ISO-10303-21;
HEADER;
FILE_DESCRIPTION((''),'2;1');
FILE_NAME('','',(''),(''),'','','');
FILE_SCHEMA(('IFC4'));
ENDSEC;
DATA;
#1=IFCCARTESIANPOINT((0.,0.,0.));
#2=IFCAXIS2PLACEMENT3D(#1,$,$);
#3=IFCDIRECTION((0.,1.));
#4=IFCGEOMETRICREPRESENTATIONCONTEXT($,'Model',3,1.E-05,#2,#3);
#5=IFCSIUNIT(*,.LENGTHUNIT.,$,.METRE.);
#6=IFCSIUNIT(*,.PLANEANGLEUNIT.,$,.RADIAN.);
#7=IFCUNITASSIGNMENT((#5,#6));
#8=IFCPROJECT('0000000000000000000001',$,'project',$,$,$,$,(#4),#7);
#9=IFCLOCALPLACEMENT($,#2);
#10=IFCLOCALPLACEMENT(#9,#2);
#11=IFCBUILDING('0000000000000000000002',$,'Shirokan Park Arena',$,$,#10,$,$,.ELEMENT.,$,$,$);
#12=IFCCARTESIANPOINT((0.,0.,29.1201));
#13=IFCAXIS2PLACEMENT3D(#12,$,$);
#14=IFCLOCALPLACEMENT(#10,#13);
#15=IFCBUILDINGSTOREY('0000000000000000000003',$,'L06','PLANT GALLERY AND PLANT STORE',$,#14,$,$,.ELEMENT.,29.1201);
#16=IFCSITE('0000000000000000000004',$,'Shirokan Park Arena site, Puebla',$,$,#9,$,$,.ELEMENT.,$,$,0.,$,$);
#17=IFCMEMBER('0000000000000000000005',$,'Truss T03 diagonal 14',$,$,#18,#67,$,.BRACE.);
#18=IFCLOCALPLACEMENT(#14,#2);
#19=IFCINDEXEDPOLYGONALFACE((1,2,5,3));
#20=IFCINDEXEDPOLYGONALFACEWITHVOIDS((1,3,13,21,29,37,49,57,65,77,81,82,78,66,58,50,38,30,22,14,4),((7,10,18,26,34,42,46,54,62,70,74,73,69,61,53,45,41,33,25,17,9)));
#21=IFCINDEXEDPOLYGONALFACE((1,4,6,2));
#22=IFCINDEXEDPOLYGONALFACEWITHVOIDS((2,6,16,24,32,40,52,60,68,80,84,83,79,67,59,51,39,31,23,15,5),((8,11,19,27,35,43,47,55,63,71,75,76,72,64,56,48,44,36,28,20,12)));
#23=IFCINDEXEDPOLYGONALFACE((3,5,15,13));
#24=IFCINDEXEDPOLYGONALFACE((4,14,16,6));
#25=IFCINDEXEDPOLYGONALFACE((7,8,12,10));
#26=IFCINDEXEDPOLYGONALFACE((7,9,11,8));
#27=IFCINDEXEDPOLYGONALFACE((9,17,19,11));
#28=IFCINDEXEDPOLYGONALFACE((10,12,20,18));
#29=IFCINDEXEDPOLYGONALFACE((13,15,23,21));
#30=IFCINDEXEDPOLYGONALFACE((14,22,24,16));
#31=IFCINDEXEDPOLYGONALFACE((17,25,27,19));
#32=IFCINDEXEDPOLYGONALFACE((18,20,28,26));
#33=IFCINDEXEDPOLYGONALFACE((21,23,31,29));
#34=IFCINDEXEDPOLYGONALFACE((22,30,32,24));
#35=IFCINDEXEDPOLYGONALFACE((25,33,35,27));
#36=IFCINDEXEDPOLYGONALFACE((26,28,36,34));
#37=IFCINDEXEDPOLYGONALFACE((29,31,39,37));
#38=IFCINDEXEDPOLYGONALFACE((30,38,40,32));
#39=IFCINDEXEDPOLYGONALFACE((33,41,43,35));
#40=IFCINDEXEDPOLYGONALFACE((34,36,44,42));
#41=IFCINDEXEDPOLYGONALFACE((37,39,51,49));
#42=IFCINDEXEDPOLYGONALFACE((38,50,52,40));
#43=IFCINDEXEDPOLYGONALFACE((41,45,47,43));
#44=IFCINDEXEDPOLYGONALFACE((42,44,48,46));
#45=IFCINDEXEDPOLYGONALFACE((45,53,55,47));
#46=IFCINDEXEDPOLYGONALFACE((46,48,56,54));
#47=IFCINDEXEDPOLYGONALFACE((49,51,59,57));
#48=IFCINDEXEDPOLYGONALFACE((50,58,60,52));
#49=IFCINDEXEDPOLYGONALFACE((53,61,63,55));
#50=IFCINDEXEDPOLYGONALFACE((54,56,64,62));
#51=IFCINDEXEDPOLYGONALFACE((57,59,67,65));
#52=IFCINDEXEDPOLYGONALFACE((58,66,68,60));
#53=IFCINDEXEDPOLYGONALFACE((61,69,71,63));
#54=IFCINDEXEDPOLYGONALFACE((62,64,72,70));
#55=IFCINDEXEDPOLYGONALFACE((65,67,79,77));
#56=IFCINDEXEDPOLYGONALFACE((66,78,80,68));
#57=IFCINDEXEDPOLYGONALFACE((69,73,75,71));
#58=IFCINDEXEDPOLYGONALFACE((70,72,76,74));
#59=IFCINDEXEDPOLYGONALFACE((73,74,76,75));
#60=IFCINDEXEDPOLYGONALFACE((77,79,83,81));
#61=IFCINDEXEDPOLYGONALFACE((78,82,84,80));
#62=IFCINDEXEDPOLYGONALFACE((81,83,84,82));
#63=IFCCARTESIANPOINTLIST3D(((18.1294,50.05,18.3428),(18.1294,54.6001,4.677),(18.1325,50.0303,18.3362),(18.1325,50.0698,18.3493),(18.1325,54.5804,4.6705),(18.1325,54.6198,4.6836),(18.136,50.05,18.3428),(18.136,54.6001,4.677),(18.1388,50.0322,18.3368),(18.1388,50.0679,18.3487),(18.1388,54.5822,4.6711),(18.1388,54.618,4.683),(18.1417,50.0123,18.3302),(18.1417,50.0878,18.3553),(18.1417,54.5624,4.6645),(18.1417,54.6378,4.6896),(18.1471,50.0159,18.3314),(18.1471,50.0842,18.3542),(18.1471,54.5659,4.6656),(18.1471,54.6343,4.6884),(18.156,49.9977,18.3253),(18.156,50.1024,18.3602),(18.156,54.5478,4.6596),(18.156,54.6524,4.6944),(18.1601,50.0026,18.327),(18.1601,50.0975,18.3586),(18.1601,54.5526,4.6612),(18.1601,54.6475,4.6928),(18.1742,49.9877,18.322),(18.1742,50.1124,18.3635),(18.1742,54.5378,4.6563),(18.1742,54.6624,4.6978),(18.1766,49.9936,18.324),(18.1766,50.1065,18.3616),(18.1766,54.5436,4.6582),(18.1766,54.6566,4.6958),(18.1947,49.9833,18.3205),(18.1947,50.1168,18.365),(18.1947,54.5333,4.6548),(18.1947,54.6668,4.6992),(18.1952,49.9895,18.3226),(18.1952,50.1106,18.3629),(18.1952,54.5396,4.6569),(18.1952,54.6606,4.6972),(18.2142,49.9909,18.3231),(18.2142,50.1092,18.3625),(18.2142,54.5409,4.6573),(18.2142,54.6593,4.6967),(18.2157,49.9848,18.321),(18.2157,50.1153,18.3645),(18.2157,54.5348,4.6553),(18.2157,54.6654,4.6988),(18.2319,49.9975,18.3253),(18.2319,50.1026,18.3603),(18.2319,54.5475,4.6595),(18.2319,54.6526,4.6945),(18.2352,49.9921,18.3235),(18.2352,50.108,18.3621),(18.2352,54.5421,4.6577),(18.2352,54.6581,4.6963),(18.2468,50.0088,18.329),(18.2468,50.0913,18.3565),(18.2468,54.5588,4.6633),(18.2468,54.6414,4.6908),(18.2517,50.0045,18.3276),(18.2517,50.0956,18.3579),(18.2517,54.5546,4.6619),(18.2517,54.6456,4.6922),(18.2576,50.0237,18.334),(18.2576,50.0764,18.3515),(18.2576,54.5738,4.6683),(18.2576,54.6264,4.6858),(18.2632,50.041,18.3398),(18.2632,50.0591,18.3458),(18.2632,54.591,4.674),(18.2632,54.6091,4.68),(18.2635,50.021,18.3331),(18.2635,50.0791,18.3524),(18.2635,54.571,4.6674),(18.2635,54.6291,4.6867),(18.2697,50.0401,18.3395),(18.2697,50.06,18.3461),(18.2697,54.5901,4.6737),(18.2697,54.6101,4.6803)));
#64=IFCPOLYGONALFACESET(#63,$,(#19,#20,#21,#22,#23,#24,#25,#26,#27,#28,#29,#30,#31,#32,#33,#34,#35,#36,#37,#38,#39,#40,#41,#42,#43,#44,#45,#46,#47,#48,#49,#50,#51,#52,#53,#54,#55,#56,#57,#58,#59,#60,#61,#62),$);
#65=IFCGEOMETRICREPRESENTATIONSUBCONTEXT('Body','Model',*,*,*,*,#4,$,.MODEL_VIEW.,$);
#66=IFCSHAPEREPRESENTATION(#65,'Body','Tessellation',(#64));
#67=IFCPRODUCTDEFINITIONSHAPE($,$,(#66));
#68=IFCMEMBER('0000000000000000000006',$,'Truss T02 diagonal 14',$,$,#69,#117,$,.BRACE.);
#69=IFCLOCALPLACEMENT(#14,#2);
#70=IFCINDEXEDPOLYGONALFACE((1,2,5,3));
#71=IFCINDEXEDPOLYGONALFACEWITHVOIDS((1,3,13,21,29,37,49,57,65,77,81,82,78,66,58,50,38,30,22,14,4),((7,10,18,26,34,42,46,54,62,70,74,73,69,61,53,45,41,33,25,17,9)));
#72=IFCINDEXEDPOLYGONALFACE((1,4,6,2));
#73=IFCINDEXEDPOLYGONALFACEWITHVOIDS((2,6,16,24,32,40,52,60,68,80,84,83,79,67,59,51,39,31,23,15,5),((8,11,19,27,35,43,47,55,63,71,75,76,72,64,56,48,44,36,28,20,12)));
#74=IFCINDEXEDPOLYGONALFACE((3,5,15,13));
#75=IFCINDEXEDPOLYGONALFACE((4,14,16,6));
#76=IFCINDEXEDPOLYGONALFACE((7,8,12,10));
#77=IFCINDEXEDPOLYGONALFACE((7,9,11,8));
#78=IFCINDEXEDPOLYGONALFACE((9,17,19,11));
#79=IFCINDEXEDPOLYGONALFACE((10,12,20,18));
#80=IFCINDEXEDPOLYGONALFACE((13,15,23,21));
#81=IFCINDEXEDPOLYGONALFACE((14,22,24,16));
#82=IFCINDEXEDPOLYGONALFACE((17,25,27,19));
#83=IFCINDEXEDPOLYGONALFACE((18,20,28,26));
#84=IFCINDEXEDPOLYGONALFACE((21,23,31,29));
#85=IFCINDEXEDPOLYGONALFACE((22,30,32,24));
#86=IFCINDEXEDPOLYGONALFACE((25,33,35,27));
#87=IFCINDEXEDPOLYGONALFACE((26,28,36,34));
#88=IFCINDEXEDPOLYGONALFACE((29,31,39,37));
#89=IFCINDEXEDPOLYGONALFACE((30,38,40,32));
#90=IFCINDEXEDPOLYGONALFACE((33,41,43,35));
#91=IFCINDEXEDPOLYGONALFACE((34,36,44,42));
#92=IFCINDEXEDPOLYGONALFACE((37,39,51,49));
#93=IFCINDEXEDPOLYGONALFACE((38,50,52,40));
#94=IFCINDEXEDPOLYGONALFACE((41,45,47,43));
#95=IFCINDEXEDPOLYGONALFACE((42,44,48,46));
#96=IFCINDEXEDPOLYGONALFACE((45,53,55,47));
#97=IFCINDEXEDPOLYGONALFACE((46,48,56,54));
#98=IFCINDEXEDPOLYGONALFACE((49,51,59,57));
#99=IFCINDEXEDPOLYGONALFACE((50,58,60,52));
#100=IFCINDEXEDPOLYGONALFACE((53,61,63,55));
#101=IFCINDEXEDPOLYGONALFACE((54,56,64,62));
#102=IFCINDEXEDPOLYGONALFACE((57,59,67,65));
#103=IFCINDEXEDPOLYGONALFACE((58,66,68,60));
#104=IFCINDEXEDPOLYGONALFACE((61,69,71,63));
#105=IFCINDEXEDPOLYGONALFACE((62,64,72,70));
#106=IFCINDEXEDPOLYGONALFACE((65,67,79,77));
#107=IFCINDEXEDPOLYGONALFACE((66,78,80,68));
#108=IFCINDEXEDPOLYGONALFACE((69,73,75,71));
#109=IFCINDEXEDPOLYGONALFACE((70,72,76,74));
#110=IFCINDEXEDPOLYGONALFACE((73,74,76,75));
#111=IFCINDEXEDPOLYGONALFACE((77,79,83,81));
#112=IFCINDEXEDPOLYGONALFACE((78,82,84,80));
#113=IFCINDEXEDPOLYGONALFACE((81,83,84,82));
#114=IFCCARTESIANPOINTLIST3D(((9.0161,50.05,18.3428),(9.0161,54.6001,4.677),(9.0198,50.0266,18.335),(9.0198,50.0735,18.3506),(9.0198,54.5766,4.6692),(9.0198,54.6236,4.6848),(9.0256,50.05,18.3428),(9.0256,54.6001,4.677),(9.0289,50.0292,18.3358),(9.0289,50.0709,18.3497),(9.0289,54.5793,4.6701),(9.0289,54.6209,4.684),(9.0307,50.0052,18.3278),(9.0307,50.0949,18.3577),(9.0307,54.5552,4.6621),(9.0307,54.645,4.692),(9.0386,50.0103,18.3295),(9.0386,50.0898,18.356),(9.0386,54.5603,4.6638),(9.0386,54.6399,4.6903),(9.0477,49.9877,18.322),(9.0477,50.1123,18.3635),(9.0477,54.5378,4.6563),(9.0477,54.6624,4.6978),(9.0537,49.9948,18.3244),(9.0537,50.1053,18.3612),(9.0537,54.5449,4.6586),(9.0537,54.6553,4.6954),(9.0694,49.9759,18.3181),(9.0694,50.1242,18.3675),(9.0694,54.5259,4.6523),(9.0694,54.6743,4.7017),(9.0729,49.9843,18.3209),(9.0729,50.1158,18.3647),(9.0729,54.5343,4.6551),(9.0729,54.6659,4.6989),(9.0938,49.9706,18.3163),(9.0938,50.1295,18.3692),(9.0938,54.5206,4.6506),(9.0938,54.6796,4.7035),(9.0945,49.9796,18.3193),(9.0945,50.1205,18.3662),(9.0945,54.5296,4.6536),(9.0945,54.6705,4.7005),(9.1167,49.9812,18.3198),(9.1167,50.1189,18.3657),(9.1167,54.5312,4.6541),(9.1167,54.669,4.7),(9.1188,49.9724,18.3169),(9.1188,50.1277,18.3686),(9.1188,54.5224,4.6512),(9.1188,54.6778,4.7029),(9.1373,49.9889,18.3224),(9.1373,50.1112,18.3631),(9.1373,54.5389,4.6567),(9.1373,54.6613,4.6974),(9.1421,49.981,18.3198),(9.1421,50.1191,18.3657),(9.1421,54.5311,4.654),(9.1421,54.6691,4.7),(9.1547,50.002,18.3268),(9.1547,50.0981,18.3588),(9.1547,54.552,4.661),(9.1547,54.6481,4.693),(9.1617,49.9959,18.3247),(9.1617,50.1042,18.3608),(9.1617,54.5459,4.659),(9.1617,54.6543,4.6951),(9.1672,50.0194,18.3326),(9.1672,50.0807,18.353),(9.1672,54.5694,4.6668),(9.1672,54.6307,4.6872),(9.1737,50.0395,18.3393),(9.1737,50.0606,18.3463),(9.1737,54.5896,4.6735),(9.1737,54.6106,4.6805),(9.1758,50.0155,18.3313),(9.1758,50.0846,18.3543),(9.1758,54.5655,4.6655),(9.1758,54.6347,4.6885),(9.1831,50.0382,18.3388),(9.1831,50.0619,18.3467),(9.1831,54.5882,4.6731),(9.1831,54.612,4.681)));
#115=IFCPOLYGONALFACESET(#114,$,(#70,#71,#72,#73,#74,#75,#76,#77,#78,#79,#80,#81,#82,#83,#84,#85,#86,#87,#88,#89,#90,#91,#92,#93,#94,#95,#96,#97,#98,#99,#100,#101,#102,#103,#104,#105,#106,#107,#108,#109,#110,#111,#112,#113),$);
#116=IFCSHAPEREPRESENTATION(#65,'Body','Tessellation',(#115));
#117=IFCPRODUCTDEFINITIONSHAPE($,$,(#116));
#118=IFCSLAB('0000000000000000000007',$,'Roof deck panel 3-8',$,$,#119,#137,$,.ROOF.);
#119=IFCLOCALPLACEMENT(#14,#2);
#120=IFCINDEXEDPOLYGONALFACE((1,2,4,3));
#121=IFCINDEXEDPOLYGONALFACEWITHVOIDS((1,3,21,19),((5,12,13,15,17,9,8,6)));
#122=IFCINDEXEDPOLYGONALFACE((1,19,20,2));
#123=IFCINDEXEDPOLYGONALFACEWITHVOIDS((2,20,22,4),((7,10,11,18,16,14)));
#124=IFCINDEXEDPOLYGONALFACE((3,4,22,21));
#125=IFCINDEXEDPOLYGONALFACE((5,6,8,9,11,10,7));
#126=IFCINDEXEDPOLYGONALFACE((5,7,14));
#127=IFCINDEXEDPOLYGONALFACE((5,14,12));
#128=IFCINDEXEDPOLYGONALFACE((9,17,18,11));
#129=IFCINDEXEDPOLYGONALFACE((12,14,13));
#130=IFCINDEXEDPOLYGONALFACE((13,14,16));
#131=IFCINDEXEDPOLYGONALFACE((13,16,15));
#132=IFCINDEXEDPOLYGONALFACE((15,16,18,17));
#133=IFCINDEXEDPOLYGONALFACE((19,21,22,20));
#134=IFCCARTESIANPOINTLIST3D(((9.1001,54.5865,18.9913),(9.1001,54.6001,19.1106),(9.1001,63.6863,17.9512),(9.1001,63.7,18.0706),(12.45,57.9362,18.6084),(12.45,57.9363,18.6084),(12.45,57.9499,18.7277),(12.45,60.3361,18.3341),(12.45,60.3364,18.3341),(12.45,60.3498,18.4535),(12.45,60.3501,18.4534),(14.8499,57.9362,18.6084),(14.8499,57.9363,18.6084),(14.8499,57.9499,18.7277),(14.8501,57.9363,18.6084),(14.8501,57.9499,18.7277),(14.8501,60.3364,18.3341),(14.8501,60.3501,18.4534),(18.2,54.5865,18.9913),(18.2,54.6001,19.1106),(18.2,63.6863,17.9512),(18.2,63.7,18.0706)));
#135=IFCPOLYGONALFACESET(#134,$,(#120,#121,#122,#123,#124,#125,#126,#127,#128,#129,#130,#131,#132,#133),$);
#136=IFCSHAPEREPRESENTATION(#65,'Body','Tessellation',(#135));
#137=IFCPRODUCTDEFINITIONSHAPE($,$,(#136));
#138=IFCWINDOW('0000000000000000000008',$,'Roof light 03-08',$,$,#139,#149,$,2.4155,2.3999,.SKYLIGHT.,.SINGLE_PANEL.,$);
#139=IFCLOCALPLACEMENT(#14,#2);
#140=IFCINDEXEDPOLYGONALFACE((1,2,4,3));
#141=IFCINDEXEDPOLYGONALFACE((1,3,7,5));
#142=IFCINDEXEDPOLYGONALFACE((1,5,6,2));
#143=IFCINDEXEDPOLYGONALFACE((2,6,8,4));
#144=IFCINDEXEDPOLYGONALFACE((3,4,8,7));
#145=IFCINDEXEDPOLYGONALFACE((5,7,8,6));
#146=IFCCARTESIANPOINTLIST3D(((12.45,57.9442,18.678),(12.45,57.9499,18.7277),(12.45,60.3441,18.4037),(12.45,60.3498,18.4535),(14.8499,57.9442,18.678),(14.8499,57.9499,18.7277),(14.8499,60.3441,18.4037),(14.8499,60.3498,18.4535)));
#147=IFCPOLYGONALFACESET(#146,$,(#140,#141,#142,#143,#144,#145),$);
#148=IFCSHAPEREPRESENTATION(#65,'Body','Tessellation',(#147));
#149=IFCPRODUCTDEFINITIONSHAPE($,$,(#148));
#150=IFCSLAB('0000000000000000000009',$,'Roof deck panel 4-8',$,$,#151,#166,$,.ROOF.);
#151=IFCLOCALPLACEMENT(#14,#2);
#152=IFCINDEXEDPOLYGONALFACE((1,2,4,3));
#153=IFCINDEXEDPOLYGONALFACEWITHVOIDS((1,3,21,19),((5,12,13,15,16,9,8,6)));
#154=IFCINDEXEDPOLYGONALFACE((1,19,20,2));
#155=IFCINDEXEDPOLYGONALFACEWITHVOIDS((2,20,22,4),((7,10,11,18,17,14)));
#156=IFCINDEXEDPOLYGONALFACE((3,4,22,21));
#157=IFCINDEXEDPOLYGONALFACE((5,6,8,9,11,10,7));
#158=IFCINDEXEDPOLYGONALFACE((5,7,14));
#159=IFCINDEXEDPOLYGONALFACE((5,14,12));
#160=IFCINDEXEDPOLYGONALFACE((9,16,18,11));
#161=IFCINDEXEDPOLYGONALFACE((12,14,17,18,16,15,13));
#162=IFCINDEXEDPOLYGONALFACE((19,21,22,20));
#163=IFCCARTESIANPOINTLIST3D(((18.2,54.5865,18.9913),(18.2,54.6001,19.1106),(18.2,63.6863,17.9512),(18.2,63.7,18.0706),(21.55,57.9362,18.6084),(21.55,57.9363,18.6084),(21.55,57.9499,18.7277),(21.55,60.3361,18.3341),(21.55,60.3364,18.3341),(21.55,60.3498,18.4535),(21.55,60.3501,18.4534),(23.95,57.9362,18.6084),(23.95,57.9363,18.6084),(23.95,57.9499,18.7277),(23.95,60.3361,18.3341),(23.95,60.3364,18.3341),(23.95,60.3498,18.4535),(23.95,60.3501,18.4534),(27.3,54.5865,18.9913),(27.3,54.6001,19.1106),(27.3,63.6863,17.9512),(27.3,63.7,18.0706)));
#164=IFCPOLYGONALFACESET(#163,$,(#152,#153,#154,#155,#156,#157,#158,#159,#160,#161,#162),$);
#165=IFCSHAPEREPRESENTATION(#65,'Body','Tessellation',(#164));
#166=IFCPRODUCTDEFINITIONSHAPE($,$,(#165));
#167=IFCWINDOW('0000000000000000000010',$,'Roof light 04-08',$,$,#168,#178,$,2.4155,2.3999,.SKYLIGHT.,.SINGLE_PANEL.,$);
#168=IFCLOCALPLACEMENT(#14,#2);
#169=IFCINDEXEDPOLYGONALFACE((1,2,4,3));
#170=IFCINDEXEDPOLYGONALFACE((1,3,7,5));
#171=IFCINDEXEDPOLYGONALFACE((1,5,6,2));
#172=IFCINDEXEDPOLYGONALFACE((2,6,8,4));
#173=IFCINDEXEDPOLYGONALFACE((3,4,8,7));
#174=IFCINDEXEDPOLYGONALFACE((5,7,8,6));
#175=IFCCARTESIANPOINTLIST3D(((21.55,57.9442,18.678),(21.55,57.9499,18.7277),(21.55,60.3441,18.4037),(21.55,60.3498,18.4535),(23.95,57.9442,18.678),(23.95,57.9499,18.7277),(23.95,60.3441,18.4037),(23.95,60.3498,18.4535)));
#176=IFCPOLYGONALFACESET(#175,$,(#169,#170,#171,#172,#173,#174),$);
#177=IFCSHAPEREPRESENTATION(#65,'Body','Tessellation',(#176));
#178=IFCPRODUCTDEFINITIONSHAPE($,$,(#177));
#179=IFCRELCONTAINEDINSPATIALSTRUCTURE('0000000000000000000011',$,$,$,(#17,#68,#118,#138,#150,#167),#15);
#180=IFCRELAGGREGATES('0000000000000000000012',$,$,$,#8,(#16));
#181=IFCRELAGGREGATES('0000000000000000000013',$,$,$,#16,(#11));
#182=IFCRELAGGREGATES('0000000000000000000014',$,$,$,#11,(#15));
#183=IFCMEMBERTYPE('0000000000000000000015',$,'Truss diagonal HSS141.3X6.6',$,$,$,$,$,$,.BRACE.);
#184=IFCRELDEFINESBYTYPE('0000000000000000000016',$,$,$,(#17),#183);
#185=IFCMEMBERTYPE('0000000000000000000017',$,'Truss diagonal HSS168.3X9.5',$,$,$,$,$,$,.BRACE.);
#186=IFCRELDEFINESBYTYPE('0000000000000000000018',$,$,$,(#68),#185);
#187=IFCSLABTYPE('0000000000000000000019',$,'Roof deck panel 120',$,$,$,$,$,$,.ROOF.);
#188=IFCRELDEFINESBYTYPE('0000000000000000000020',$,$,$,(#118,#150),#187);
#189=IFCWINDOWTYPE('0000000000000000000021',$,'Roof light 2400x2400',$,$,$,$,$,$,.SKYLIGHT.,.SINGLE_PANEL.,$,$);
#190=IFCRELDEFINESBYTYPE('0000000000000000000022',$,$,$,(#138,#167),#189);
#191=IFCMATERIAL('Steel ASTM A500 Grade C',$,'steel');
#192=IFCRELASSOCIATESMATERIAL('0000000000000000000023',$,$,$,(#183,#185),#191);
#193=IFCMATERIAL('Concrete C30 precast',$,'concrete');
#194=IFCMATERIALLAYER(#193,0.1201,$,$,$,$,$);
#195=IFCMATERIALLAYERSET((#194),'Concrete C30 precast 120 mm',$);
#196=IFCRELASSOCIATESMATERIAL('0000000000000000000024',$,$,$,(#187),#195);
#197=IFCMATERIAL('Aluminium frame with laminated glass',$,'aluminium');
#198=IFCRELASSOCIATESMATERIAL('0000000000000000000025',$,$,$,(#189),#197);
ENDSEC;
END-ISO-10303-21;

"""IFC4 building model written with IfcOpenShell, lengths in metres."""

from ifc_helpers import new_model, si_unit, direction, frame, origin, origin_2d, place, context, subcontext, project, spatial, polyline, rectangle, hollow_circle, outline, extrude, material, layer, layer_set, material_profile, profile_set, type_object, element, fill, save


model = new_model("IFC4")

# Units and contexts
model_context = context("Model", 3, precision=1e-05, world=origin(), true_north=direction((0.0, 1.0)))
body_context = subcontext(model_context, "Body", "Model", "MODEL_VIEW")
ifc_project = project(units=[si_unit("LENGTHUNIT", "METRE"), si_unit("PLANEANGLEUNIT", "RADIAN")], contexts=[model_context])

# Site, building, storey
site_placement = place(None, origin())
site = spatial("IfcSite", under=ifc_project, at=site_placement, Name="Shirokan Park Arena site, Puebla", CompositionType="ELEMENT", RefElevation=0.0)
building_placement = place(site_placement, origin())
building = spatial("IfcBuilding", under=site, at=building_placement, Name="Shirokan Park Arena", CompositionType="ELEMENT")
storey_placement = place(building_placement, frame((0.0, 0.0, 29.1201)))
storey = spatial("IfcBuildingStorey", under=building, at=storey_placement, Name="L06", Description="PLANT GALLERY AND PLANT STORE", CompositionType="ELEMENT", Elevation=29.1201)

# Members
ifc_material_1 = material(Name="Steel ASTM A500 Grade C", Category="steel")
ifc_material_profile_1 = material_profile(ifc_material_1, hollow_circle(Radius=0.0706, WallThickness=0.0066, at=origin_2d()), Name="HSS141.3X6.6")
ifc_profile_set_1 = profile_set([ifc_material_profile_1], Name="Steel ASTM A500 Grade C")
member_type_1 = type_object("IfcMemberType", Name="Truss diagonal HSS141.3X6.6", PredefinedType="BRACE", material=ifc_profile_set_1)
member_1_placement = place(storey_placement, frame((18.2, 50.05, 18.3428), z_axis=(0.0, 0.315902, -0.948792), x_axis=(-1.0, 0.0, 0.0)))
element("IfcMember", 1, at=member_1_placement, inside=storey, type_object=member_type_1, Name="Truss T03 diagonal 14", PredefinedType="BRACE", context=body_context, shape_type="SweptSolid", body=[
    extrude(hollow_circle(Radius=0.0706, WallThickness=0.0066, at=origin_2d()), origin(), (0.0, 0.0, 1.0), 14.4033),
])
ifc_material_profile_2 = material_profile(ifc_material_1, hollow_circle(Radius=0.084, WallThickness=0.0095, at=origin_2d()), Name="HSS168.3X9.5")
ifc_profile_set_2 = profile_set([ifc_material_profile_2], Name="Steel ASTM A500 Grade C")
member_type_2 = type_object("IfcMemberType", Name="Truss diagonal HSS168.3X9.5", PredefinedType="BRACE", material=ifc_profile_set_2)
member_2_placement = place(storey_placement, frame((9.1001, 50.05, 18.3428), z_axis=(0.0, 0.315902, -0.948792), x_axis=(-1.0, 0.0, 0.0)))
element("IfcMember", 2, at=member_2_placement, inside=storey, type_object=member_type_2, Name="Truss T02 diagonal 14", PredefinedType="BRACE", context=body_context, shape_type="SweptSolid", body=[
    extrude(hollow_circle(Radius=0.084, WallThickness=0.0095, at=origin_2d()), origin(), (0.0, 0.0, 1.0), 14.4033),
])

# Slabs, openings, windows
ifc_material_2 = material(Name="Concrete C30 precast", Category="concrete")
ifc_layer_1 = layer(ifc_material_2, 0.1201)
ifc_layer_set_1 = layer_set([ifc_layer_1], Name="Concrete C30 precast 120 mm")
slab_type = type_object("IfcSlabType", Name="Roof deck panel 120", PredefinedType="ROOF", material=ifc_layer_set_1)
slab_1_placement = place(storey_placement, frame((9.1001, 54.6001, 19.1106), z_axis=(0.0, 0.113553, 0.993532), x_axis=(1.0, 0.0, 0.0)))
slab_1 = element("IfcSlab", 3, at=slab_1_placement, inside=storey, type_object=slab_type, Name="Roof deck panel 3-8", PredefinedType="ROOF", context=body_context, shape_type="SweptSolid", body=[
    extrude(outline(polyline([(0.0, 0.0), (9.0999, 0.0), (9.0999, 9.1591), (0.0, 9.1591), (0.0, 0.0)]), holes=[polyline([(3.3499, 3.3717), (5.75, 3.3717), (5.75, 5.7874), (3.3499, 5.7874), (3.3499, 3.3717)])]), origin(), (0.0, 0.0, -1.0), 0.1201),
])
opening_1_placement = place(slab_1_placement, frame((4.5498, 4.5793, 0.01)))
opening_1 = element("IfcOpeningElement", 4, at=opening_1_placement, cuts=slab_1, PredefinedType="OPENING", context=body_context, shape_type="SweptSolid", body=[
    extrude(rectangle(XDim=2.3999, YDim=2.4155, at=origin_2d()), origin(), (0.0, 0.0, -1.0), 0.1399),
])
ifc_material_3 = material(Name="Aluminium frame with laminated glass", Category="aluminium")
window_type = type_object("IfcWindowType", Name="Roof light 2400x2400", PartitioningType="SINGLE_PANEL", PredefinedType="SKYLIGHT", material=ifc_material_3)
window_1_placement = place(opening_1_placement, frame((0.0, 0.0, -0.0601)))
window_1 = element("IfcWindow", 5, at=window_1_placement, inside=storey, type_object=window_type, Name="Roof light 03-08", OverallHeight=2.4155, OverallWidth=2.3999, PartitioningType="SINGLE_PANEL", PredefinedType="SKYLIGHT", context=body_context, shape_type="SweptSolid", body=[
    extrude(rectangle(XDim=2.3999, YDim=2.4155, at=origin_2d()), origin(), (0.0, 0.0, 1.0), 0.05),
])
fill(opening_1, window_1)
slab_2_placement = place(storey_placement, frame((18.2, 54.6001, 19.1106), z_axis=(0.0, 0.113553, 0.993532), x_axis=(1.0, 0.0, 0.0)))
slab_2 = element("IfcSlab", 6, at=slab_2_placement, inside=storey, type_object=slab_type, Name="Roof deck panel 4-8", PredefinedType="ROOF", context=body_context, shape_type="SweptSolid", body=[
    extrude(outline(polyline([(0.0, 0.0), (9.1001, 0.0), (9.1001, 9.1591), (0.0, 9.1591), (0.0, 0.0)]), holes=[polyline([(3.3501, 3.3717), (5.75, 3.3717), (5.75, 5.7874), (3.3501, 5.7874), (3.3501, 3.3717)])]), origin(), (0.0, 0.0, -1.0), 0.1201),
])
opening_2_placement = place(slab_2_placement, frame((4.55, 4.5793, 0.01)))
opening_2 = element("IfcOpeningElement", 7, at=opening_2_placement, cuts=slab_2, PredefinedType="OPENING", context=body_context, shape_type="SweptSolid", body=[
    extrude(rectangle(XDim=2.3999, YDim=2.4155, at=origin_2d()), origin(), (0.0, 0.0, -1.0), 0.1399),
])
window_2_placement = place(opening_2_placement, frame((0.0, 0.0, -0.0601)))
window_2 = element("IfcWindow", 8, at=window_2_placement, inside=storey, type_object=window_type, Name="Roof light 04-08", OverallHeight=2.4155, OverallWidth=2.3999, PartitioningType="SINGLE_PANEL", PredefinedType="SKYLIGHT", context=body_context, shape_type="SweptSolid", body=[
    extrude(rectangle(XDim=2.3999, YDim=2.4155, at=origin_2d()), origin(), (0.0, 0.0, 1.0), 0.05),
])
fill(opening_2, window_2)

save(model, "model.ifc")
